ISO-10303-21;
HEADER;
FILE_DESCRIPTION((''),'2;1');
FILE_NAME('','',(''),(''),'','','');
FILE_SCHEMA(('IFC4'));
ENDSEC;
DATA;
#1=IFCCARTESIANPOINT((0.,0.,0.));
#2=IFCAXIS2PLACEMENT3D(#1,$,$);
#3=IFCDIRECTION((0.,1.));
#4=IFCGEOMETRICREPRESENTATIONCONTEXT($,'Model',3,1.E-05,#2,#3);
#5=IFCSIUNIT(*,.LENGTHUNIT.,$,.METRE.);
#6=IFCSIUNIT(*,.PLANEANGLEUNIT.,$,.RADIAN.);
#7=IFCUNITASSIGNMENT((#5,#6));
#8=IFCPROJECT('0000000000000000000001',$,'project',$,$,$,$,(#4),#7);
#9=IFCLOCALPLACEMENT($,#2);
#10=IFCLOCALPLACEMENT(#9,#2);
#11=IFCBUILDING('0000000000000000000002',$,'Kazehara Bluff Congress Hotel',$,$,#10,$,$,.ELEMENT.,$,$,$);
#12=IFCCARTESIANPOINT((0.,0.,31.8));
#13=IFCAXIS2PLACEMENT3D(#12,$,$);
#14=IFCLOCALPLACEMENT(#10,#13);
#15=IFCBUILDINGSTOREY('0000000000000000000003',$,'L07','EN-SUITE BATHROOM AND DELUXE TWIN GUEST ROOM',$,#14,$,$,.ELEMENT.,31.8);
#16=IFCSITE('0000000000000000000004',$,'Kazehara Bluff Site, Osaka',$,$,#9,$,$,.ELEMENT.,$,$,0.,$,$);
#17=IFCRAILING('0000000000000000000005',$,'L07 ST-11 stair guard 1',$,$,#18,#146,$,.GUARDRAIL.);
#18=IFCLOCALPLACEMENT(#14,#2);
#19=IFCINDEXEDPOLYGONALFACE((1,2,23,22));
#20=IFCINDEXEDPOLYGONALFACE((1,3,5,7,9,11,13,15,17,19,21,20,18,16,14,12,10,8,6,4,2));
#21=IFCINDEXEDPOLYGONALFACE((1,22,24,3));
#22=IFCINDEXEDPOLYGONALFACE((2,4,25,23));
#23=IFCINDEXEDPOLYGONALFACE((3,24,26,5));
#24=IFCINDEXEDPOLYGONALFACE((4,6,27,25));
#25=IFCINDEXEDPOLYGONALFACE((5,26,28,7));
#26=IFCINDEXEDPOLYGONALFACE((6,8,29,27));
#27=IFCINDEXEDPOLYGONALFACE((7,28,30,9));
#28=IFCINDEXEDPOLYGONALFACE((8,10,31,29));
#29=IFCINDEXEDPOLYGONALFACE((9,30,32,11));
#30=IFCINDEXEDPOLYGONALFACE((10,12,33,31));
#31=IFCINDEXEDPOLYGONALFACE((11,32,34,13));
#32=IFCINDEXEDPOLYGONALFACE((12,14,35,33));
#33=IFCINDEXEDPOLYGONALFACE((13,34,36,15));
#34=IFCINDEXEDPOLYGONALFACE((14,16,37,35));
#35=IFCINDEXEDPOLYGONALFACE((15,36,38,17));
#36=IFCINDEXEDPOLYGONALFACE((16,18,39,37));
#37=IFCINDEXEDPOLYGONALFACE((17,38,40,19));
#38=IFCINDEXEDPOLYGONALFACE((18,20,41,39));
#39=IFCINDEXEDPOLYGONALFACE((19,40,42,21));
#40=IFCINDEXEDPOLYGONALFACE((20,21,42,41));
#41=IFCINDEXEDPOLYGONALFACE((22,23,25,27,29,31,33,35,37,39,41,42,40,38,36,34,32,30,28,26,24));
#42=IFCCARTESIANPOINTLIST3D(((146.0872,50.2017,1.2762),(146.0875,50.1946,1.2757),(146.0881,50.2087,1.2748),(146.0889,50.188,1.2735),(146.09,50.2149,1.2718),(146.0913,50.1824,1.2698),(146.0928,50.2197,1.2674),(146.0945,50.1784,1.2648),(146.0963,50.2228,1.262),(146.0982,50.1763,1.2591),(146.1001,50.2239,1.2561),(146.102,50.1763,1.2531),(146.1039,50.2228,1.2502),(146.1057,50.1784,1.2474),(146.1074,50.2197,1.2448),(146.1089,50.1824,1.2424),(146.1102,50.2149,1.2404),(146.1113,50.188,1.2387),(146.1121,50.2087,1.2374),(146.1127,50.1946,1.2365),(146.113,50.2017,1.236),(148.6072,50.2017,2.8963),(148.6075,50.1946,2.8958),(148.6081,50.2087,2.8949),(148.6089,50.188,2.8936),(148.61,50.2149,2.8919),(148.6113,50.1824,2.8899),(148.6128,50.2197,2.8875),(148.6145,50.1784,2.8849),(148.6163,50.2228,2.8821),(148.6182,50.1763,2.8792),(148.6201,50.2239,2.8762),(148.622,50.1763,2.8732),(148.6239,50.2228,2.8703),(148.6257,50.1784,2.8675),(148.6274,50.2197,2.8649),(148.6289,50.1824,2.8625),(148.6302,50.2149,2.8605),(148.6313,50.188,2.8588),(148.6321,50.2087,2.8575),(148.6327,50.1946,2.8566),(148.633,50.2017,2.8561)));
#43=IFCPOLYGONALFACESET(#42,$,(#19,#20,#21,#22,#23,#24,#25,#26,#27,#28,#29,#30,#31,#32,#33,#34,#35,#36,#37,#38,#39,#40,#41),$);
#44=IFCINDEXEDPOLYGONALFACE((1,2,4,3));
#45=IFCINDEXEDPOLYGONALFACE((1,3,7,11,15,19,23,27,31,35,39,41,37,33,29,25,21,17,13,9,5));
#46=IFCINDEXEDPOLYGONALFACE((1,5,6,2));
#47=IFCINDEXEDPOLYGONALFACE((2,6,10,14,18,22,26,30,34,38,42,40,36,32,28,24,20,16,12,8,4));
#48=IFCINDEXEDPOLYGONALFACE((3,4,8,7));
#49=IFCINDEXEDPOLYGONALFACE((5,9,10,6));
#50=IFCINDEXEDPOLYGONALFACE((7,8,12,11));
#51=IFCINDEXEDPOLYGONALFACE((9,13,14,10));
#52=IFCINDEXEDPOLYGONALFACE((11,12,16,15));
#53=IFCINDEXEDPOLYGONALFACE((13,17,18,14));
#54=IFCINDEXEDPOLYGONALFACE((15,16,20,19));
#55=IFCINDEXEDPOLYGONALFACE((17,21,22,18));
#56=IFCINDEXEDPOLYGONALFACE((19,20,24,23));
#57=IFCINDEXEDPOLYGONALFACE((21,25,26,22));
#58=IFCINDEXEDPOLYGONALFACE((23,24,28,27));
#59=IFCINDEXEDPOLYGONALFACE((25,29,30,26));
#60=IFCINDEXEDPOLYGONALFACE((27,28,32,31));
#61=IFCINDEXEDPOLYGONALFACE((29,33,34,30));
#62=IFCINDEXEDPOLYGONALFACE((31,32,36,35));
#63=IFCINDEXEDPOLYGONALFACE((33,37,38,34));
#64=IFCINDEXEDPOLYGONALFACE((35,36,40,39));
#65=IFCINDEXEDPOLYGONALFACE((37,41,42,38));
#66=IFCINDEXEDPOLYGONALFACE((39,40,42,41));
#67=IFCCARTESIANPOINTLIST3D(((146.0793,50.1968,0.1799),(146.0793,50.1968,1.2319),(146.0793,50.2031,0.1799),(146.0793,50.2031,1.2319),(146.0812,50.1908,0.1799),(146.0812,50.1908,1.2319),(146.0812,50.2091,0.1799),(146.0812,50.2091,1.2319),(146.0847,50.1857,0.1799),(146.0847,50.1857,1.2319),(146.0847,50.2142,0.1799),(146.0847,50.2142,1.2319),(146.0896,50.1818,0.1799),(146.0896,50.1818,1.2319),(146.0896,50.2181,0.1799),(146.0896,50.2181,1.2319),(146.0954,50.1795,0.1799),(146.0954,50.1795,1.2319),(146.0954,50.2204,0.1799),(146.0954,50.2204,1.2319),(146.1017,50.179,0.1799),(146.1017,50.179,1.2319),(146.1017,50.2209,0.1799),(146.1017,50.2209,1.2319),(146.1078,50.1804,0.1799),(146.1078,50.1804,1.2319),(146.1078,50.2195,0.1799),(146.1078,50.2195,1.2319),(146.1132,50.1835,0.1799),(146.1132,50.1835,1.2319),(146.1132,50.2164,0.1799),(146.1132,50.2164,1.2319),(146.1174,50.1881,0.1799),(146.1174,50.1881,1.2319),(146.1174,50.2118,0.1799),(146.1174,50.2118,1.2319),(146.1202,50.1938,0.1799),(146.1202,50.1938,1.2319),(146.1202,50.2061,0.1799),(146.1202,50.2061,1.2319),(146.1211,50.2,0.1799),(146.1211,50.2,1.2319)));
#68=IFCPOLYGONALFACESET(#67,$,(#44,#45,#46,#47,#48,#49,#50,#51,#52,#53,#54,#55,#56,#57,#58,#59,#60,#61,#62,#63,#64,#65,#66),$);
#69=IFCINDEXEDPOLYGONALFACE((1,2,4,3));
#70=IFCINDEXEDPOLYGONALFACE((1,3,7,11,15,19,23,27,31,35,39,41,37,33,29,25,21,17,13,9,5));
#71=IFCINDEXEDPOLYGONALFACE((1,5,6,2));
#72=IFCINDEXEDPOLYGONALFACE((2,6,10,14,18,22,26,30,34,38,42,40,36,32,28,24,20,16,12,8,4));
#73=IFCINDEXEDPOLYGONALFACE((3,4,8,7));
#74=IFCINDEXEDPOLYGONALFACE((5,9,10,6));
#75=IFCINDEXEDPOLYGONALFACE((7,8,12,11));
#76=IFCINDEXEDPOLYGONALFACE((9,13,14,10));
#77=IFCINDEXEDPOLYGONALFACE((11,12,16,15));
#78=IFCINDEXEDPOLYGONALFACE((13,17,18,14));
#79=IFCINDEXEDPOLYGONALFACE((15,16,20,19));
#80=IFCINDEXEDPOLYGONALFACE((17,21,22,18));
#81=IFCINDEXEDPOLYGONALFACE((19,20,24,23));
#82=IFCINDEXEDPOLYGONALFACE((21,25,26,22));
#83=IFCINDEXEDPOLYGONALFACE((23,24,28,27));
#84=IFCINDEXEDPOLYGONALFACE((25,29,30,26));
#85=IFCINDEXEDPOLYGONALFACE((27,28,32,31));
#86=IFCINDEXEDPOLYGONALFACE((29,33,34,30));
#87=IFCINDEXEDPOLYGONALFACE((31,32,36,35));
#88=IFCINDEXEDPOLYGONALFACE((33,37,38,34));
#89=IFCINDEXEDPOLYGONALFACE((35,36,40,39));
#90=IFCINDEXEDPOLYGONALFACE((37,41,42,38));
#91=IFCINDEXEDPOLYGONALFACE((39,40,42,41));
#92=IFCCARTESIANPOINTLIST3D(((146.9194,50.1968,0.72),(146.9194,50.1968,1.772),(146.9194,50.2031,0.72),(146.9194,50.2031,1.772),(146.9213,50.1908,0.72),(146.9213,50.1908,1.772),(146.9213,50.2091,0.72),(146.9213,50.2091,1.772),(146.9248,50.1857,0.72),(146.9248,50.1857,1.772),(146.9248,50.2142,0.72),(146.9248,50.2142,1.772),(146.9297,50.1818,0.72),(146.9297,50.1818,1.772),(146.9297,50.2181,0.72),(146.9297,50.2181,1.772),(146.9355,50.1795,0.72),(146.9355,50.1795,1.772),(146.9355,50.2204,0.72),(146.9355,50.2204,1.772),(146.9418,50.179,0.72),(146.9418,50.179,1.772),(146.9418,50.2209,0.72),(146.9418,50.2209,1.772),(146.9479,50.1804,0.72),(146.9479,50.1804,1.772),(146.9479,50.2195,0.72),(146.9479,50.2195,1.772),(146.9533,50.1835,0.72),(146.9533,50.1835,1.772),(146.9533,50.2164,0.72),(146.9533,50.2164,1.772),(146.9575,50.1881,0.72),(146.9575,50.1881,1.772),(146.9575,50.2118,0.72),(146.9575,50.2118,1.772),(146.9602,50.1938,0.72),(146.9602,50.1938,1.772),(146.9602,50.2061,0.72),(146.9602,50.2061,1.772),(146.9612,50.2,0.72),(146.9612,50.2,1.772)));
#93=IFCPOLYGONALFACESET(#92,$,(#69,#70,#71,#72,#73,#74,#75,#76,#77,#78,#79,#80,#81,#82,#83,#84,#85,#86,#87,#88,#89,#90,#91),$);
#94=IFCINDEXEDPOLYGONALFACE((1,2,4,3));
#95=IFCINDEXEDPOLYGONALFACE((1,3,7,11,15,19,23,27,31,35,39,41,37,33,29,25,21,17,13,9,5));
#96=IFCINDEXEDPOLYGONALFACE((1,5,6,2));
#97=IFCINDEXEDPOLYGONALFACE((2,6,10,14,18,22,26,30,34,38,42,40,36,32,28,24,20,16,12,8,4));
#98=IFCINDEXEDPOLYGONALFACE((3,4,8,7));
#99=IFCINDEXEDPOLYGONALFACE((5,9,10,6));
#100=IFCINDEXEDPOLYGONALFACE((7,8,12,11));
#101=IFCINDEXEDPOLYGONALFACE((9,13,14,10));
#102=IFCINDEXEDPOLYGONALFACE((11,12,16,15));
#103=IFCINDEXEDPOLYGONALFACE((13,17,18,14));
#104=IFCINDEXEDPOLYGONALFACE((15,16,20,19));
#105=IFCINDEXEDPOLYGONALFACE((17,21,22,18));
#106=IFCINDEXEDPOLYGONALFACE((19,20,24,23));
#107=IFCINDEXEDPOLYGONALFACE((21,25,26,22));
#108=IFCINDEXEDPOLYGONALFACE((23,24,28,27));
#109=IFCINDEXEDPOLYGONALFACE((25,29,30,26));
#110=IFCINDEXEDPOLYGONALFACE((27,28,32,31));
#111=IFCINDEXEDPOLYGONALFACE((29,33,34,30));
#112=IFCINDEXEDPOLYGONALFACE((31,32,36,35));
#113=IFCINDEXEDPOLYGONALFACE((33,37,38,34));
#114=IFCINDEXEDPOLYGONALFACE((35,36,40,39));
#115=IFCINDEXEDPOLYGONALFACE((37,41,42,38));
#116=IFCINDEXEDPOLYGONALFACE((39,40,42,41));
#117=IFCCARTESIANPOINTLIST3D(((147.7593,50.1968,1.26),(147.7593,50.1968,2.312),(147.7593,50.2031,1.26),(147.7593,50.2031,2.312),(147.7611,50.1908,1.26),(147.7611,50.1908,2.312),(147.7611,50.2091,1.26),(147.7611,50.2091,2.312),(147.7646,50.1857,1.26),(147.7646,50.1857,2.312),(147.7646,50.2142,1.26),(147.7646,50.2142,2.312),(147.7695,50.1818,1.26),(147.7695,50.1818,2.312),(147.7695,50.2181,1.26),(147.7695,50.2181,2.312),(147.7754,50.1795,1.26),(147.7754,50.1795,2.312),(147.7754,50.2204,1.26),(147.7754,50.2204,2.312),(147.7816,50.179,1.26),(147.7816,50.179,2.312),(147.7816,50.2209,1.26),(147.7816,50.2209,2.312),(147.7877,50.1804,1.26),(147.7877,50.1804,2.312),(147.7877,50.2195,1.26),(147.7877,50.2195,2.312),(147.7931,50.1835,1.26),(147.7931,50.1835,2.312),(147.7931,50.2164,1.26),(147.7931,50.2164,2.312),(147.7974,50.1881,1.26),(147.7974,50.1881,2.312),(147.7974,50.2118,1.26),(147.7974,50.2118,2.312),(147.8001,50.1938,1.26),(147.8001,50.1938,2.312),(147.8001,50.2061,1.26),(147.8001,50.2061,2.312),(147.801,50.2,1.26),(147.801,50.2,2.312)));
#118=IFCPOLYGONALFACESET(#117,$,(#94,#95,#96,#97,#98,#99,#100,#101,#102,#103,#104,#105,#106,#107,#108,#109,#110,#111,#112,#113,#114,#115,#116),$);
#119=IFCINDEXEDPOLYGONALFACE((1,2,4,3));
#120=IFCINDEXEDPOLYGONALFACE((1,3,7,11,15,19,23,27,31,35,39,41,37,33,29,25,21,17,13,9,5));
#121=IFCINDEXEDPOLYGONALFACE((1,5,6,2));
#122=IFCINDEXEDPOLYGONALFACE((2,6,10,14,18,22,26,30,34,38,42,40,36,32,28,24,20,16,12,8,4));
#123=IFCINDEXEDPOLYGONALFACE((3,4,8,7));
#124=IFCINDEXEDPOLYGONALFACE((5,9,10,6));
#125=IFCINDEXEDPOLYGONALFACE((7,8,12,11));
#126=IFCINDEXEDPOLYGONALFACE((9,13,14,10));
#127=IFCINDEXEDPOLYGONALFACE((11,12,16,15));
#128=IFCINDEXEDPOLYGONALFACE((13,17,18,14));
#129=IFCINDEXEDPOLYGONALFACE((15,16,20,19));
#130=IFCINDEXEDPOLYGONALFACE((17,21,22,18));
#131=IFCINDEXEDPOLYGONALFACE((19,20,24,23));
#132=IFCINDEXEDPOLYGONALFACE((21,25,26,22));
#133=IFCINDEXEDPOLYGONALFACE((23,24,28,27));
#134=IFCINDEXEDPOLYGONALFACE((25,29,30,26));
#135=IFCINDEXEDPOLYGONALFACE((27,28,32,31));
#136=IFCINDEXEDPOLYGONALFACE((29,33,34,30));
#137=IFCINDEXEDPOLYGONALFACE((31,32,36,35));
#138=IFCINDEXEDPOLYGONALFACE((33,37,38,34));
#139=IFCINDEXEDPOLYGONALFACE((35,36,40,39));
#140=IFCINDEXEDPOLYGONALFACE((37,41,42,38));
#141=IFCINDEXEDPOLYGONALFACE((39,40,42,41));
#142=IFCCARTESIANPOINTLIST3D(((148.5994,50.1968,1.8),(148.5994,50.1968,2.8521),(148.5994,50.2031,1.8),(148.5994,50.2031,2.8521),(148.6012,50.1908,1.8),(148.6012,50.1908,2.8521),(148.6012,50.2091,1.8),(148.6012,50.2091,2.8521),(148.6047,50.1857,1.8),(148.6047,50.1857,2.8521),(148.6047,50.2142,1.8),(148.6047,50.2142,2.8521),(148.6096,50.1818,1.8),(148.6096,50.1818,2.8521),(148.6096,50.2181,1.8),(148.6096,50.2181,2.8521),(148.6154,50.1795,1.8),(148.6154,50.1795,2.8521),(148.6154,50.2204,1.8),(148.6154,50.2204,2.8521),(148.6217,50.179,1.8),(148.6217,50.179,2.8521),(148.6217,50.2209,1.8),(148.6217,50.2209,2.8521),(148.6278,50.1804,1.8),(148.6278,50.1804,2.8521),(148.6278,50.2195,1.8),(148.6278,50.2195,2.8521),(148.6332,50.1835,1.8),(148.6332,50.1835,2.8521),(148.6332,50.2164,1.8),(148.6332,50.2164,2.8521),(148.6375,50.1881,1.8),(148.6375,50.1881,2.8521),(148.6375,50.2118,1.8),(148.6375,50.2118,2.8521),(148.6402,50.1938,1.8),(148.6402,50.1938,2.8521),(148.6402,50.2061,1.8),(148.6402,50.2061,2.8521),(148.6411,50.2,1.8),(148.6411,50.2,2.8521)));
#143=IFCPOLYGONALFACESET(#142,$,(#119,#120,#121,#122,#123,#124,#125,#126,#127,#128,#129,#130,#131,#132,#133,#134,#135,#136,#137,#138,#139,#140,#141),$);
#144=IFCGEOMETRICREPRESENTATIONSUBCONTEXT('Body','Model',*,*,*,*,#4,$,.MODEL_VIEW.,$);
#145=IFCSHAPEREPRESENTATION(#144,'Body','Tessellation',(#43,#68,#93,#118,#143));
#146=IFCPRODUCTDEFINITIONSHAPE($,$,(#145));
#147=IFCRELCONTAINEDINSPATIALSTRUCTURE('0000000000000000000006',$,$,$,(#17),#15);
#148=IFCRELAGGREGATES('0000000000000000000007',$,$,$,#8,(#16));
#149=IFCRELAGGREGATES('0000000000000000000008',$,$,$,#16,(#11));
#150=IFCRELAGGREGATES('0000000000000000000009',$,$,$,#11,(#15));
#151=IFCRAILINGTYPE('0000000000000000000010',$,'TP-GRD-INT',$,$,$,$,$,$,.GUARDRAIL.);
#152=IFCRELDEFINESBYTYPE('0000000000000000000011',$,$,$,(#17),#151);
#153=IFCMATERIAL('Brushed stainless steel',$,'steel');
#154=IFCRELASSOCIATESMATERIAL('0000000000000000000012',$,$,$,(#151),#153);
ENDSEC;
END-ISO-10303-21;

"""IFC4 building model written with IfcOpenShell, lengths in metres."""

from ifc_helpers import new_model, si_unit, direction, frame, origin, origin_2d, place, context, subcontext, project, spatial, circle, extrude, material, type_object, element, save


model = new_model("IFC4")

# Units and contexts
model_context = context("Model", 3, precision=1e-05, world=origin(), true_north=direction((0.0, 1.0)))
body_context = subcontext(model_context, "Body", "Model", "MODEL_VIEW")
ifc_project = project(units=[si_unit("LENGTHUNIT", "METRE"), si_unit("PLANEANGLEUNIT", "RADIAN")], contexts=[model_context])

# Site, building, storey
site_placement = place(None, origin())
site = spatial("IfcSite", under=ifc_project, at=site_placement, Name="Kazehara Bluff Site, Osaka", CompositionType="ELEMENT", RefElevation=0.0)
building_placement = place(site_placement, origin())
building = spatial("IfcBuilding", under=site, at=building_placement, Name="Kazehara Bluff Congress Hotel", CompositionType="ELEMENT")
storey_placement = place(building_placement, frame((0.0, 0.0, 31.8)))
storey = spatial("IfcBuildingStorey", under=building, at=storey_placement, Name="L07", Description="EN-SUITE BATHROOM AND DELUXE TWIN GUEST ROOM", CompositionType="ELEMENT", Elevation=31.8)

# Railing
ifc_material_1 = material(Name="Brushed stainless steel", Category="steel")
railing_type_1 = type_object("IfcRailingType", Name="TP-GRD-INT", PredefinedType="GUARDRAIL", material=ifc_material_1)
railing_1_placement = place(storey_placement, frame((146.1001, 50.2, 0.1799)))
element("IfcRailing", 1, at=railing_1_placement, inside=storey, type_object=railing_type_1, Name="L07 ST-11 stair guard 1", PredefinedType="GUARDRAIL", context=body_context, shape_type="SweptSolid", body=[
    extrude(circle(Radius=0.0239, at=origin_2d()), frame((0.0, 0.0, 1.0762), z_axis=(0.841163, 0.0, 0.540782), x_axis=(0.0, 1.0, 0.0)), (0.0, 0.0, 1.0), 2.9958),
    extrude(circle(Radius=0.021, at=origin_2d()), origin(), (0.0, 0.0, 1.0), 1.052),
    extrude(circle(Radius=0.021, at=origin_2d()), frame((0.8401, 0.0, 0.54)), (0.0, 0.0, 1.0), 1.052),
    extrude(circle(Radius=0.021, at=origin_2d()), frame((1.6799, 0.0, 1.0801)), (0.0, 0.0, 1.0), 1.052),
    extrude(circle(Radius=0.021, at=origin_2d()), frame((2.52, 0.0, 1.6201)), (0.0, 0.0, 1.0), 1.052),
])

save(model, "model.ifc")
